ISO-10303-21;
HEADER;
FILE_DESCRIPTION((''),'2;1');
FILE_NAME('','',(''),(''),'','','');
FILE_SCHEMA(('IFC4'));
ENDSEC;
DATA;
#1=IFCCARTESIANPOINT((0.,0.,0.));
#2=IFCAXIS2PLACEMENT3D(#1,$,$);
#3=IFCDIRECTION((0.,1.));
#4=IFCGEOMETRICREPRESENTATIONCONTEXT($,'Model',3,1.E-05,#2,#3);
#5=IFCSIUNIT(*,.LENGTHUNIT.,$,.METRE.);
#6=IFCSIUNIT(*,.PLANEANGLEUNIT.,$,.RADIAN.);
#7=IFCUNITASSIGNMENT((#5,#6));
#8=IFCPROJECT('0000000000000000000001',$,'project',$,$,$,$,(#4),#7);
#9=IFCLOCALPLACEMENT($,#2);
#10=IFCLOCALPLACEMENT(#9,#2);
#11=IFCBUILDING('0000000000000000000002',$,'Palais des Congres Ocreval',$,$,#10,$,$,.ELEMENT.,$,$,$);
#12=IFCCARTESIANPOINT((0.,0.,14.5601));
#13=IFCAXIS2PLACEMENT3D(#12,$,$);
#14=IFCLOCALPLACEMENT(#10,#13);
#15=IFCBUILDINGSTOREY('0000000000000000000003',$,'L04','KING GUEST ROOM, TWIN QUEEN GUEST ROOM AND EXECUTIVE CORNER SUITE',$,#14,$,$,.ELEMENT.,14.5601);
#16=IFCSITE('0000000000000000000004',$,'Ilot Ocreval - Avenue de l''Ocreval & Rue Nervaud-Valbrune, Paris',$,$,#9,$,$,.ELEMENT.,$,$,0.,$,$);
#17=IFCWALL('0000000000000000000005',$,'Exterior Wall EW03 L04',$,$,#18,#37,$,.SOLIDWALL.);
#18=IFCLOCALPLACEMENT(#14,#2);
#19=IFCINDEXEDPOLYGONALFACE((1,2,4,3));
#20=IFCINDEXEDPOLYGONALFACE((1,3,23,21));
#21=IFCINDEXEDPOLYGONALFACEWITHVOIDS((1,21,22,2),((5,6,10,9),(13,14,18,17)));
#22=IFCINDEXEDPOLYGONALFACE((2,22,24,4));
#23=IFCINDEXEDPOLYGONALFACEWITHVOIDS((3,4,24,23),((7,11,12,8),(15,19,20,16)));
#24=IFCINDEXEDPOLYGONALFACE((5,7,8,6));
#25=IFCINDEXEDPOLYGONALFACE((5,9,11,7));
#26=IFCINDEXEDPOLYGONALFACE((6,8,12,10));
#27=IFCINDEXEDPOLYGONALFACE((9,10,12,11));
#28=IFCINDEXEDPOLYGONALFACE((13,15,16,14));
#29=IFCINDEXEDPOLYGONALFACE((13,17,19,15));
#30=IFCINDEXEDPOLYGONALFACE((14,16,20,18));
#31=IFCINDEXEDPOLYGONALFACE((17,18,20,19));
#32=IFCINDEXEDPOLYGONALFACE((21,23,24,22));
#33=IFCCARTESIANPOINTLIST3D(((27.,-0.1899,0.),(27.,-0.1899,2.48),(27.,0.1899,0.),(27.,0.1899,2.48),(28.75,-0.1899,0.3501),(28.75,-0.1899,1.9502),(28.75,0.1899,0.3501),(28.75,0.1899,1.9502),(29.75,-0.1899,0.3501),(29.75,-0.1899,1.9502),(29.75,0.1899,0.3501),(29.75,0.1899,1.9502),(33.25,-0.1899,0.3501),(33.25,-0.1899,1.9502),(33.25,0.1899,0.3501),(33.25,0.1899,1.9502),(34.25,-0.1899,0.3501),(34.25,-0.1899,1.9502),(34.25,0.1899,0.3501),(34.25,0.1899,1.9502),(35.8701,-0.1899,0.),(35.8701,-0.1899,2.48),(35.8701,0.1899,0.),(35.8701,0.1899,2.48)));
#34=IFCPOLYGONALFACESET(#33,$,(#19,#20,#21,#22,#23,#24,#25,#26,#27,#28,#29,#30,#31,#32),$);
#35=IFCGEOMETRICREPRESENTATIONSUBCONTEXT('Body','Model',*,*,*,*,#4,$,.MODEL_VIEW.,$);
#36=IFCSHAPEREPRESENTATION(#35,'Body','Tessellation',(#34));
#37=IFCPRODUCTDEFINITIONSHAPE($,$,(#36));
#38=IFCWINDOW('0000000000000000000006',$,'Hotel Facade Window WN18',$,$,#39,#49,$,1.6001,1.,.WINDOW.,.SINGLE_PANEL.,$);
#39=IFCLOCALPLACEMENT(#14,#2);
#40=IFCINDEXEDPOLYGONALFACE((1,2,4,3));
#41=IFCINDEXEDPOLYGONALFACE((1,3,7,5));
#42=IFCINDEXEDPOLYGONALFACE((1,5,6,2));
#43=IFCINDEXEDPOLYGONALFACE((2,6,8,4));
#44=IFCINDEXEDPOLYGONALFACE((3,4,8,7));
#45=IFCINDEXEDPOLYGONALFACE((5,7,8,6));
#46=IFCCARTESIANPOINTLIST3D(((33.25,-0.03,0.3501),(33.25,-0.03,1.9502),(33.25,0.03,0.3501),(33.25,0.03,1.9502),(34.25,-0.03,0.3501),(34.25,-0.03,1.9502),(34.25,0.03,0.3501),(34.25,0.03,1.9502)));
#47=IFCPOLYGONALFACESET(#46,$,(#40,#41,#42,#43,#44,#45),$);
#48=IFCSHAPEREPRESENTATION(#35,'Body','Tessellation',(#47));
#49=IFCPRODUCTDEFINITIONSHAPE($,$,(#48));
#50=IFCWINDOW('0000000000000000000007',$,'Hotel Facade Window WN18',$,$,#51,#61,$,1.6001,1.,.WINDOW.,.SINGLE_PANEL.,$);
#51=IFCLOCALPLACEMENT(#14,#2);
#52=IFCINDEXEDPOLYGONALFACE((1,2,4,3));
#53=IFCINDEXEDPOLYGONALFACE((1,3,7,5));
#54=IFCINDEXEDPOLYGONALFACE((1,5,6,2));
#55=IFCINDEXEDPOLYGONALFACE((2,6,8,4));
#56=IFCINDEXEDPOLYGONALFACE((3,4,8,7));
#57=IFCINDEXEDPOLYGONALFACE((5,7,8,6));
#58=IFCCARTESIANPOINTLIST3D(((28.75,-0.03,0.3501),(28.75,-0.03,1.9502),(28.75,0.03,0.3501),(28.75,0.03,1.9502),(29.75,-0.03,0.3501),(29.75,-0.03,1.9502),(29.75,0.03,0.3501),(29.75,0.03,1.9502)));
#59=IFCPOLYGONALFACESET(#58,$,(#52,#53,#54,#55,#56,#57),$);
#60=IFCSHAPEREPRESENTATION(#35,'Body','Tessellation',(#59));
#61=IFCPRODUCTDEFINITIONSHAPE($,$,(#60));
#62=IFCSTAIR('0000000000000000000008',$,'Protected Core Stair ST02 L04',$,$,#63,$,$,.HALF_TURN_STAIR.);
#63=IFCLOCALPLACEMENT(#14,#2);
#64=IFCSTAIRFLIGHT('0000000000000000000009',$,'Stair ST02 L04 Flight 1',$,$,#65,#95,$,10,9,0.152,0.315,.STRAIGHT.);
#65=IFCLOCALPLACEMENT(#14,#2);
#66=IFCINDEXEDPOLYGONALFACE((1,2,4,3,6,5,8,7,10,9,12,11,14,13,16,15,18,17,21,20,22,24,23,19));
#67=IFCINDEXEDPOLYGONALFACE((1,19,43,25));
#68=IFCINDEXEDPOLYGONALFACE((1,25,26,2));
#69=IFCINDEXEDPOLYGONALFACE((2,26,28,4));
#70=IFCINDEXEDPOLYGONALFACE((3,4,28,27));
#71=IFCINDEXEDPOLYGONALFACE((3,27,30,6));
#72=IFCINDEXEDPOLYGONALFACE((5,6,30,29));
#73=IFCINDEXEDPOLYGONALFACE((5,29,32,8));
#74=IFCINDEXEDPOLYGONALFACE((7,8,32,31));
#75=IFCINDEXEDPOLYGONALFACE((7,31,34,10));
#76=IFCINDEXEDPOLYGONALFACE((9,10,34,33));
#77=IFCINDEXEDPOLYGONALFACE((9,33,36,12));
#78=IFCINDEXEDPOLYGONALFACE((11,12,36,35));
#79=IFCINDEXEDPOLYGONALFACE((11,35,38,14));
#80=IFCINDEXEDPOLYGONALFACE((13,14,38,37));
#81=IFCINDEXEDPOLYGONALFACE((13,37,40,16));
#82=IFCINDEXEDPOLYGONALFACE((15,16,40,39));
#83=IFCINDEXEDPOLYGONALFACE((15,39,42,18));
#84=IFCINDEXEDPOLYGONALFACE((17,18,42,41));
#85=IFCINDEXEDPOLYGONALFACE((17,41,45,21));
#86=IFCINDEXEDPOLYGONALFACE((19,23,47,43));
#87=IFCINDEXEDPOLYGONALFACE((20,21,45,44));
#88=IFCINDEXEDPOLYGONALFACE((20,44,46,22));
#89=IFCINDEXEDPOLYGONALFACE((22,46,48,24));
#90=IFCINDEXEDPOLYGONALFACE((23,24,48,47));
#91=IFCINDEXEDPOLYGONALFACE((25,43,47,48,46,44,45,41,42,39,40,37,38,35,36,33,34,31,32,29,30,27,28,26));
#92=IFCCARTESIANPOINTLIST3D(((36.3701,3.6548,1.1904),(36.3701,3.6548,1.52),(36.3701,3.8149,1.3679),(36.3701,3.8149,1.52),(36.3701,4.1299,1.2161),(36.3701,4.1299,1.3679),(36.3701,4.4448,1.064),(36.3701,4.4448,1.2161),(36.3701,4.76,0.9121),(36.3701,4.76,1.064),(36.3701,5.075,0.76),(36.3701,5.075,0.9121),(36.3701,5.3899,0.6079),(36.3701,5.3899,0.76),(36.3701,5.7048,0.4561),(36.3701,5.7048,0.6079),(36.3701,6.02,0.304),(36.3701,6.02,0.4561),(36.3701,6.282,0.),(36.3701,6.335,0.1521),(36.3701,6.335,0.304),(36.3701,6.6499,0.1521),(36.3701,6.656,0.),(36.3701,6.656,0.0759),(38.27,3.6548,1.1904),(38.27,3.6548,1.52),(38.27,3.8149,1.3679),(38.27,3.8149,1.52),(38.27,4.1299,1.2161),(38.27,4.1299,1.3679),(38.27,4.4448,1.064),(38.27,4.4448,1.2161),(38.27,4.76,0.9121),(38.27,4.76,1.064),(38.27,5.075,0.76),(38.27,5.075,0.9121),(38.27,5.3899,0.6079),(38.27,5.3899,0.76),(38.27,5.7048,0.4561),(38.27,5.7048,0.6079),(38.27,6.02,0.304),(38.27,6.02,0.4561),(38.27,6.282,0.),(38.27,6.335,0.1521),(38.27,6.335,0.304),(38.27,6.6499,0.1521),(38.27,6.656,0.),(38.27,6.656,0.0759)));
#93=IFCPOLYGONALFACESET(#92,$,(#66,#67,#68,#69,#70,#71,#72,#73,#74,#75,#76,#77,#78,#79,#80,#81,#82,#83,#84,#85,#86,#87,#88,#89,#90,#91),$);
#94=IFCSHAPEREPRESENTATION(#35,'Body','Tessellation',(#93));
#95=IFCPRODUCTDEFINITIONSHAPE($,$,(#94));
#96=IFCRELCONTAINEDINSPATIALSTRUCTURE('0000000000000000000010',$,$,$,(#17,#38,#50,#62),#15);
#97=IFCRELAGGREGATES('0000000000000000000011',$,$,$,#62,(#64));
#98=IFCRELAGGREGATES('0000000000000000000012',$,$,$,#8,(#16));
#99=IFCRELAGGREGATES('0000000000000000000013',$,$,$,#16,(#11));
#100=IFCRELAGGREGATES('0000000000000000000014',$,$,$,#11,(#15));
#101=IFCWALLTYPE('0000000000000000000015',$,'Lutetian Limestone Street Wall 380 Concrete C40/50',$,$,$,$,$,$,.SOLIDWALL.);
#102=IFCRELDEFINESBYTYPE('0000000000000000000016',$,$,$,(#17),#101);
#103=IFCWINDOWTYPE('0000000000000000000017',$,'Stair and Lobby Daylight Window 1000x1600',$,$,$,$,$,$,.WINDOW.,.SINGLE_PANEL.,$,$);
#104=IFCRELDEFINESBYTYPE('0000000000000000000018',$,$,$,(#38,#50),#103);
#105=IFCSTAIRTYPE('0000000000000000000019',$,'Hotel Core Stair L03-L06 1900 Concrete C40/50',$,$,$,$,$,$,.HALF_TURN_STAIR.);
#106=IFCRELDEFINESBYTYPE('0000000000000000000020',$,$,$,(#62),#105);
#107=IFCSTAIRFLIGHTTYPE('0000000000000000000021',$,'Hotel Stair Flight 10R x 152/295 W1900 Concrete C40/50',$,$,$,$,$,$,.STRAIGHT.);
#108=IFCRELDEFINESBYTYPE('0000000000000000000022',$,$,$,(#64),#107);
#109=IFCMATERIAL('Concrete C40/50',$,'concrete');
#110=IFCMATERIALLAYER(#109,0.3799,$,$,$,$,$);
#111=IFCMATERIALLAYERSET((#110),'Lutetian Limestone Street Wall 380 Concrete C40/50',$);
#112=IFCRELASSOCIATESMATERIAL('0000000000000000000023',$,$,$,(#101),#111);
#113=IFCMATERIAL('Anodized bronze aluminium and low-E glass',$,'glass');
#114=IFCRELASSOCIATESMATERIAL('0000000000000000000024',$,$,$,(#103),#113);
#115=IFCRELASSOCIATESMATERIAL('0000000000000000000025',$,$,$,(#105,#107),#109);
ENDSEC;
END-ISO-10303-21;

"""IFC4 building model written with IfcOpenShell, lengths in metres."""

from ifc_helpers import new_model, si_unit, direction, frame, frame_2d, origin, place, context, subcontext, project, spatial, polyline, rectangle, outline, extrude, material, layer, layer_set, type_object, element, fill, aggregate, save


model = new_model("IFC4")

# Units and contexts
model_context = context("Model", 3, precision=1e-05, world=origin(), true_north=direction((0.0, 1.0)))
body_context = subcontext(model_context, "Body", "Model", "MODEL_VIEW")
ifc_project = project(units=[si_unit("LENGTHUNIT", "METRE"), si_unit("PLANEANGLEUNIT", "RADIAN")], contexts=[model_context])

# Site, building, storey
site_placement = place(None, origin())
site = spatial("IfcSite", under=ifc_project, at=site_placement, Name="Ilot Ocreval - Avenue de l'Ocreval & Rue Nervaud-Valbrune, Paris", CompositionType="ELEMENT", RefElevation=0.0)
building_placement = place(site_placement, origin())
building = spatial("IfcBuilding", under=site, at=building_placement, Name="Palais des Congres Ocreval", CompositionType="ELEMENT")
storey_placement = place(building_placement, frame((0.0, 0.0, 14.5601)))
storey = spatial("IfcBuildingStorey", under=building, at=storey_placement, Name="L04", Description="KING GUEST ROOM, TWIN QUEEN GUEST ROOM AND EXECUTIVE CORNER SUITE", CompositionType="ELEMENT", Elevation=14.5601)

# Shared definitions
ifc_material_1 = material(Name="Concrete C40/50", Category="concrete")

# Wall, openings, windows
ifc_layer_1 = layer(ifc_material_1, 0.3799)
ifc_layer_set_1 = layer_set([ifc_layer_1], Name="Lutetian Limestone Street Wall 380 Concrete C40/50")
wall_type_1 = type_object("IfcWallType", Name="Lutetian Limestone Street Wall 380 Concrete C40/50", PredefinedType="SOLIDWALL", material=ifc_layer_set_1)
wall_1_placement = place(storey_placement, frame((35.8701, 0.0, 0.0), z_axis=(0.0, 0.0, 1.0), x_axis=(-1.0, 0.0, 0.0)))
wall_1 = element("IfcWall", 1, at=wall_1_placement, inside=storey, type_object=wall_type_1, Name="Exterior Wall EW03 L04", PredefinedType="SOLIDWALL", context=body_context, shape_type="SweptSolid", body=[
    extrude(rectangle(XDim=8.8701, YDim=0.3799, at=frame_2d((4.4351, 0.0))), origin(), (0.0, 0.0, 1.0), 2.48),
])
opening_1_placement = place(wall_1_placement, frame((1.6201, 0.0, 0.3501)))
opening_1 = element("IfcOpeningElement", 2, at=opening_1_placement, cuts=wall_1, PredefinedType="OPENING", context=body_context, shape_type="SweptSolid", body=[
    extrude(rectangle(XDim=1.0, YDim=1.6001, at=frame_2d((0.5, 0.8))), frame((0.0, 0.2, 0.0), z_axis=(0.0, -1.0, 0.0), x_axis=(1.0, 0.0, 0.0)), (0.0, 0.0, 1.0), 0.3999),
])
opening_2_placement = place(wall_1_placement, frame((6.1201, 0.0, 0.3501)))
opening_2 = element("IfcOpeningElement", 3, at=opening_2_placement, cuts=wall_1, PredefinedType="OPENING", context=body_context, shape_type="SweptSolid", body=[
    extrude(rectangle(XDim=1.0, YDim=1.6001, at=frame_2d((0.5, 0.8))), frame((0.0, 0.2, 0.0), z_axis=(0.0, -1.0, 0.0), x_axis=(1.0, 0.0, 0.0)), (0.0, 0.0, 1.0), 0.3999),
])
ifc_material_2 = material(Name="Anodized bronze aluminium and low-E glass", Category="glass")
window_type = type_object("IfcWindowType", Name="Stair and Lobby Daylight Window 1000x1600", PartitioningType="SINGLE_PANEL", PredefinedType="WINDOW", material=ifc_material_2)
window_1_placement = place(opening_1_placement, origin())
window_1 = element("IfcWindow", 4, at=window_1_placement, inside=storey, type_object=window_type, Name="Hotel Facade Window WN18", OverallHeight=1.6001, OverallWidth=1.0, PartitioningType="SINGLE_PANEL", PredefinedType="WINDOW", context=body_context, shape_type="SweptSolid", body=[
    extrude(rectangle(XDim=1.0, YDim=1.6001, at=frame_2d((0.5, 0.8))), frame((0.0, 0.03, 0.0), z_axis=(0.0, -1.0, 0.0), x_axis=(1.0, 0.0, 0.0)), (0.0, 0.0, 1.0), 0.0601),
])
fill(opening_1, window_1)
window_2_placement = place(opening_2_placement, origin())
window_2 = element("IfcWindow", 5, at=window_2_placement, inside=storey, type_object=window_type, Name="Hotel Facade Window WN18", OverallHeight=1.6001, OverallWidth=1.0, PartitioningType="SINGLE_PANEL", PredefinedType="WINDOW", context=body_context, shape_type="SweptSolid", body=[
    extrude(rectangle(XDim=1.0, YDim=1.6001, at=frame_2d((0.5, 0.8))), frame((0.0, 0.03, 0.0), z_axis=(0.0, -1.0, 0.0), x_axis=(1.0, 0.0, 0.0)), (0.0, 0.0, 1.0), 0.0601),
])
fill(opening_2, window_2)

# Stair, stair flight
stair_type = type_object("IfcStairType", Name="Hotel Core Stair L03-L06 1900 Concrete C40/50", PredefinedType="HALF_TURN_STAIR", material=ifc_material_1)
stair_placement = place(storey_placement, origin())
stair = element("IfcStair", 6, at=stair_placement, inside=storey, type_object=stair_type, Name="Protected Core Stair ST02 L04", PredefinedType="HALF_TURN_STAIR")
stair_flight_type = type_object("IfcStairFlightType", Name="Hotel Stair Flight 10R x 152/295 W1900 Concrete C40/50", PredefinedType="STRAIGHT", material=ifc_material_1)
stair_flight_placement = place(storey_placement, frame((37.3201, 6.6499, 0.0), z_axis=(0.0, 0.0, 1.0), x_axis=(0.0, -1.0, 0.0)))
stair_flight = element("IfcStairFlight", 7, at=stair_flight_placement, type_object=stair_flight_type, Name="Stair ST02 L04 Flight 1", NumberOfRisers=10, NumberOfTreads=9, PredefinedType="STRAIGHT", RiserHeight=0.152, TreadLength=0.315, context=body_context, shape_type="SweptSolid", body=[
    extrude(outline(polyline([(-0.0061, 0.0), (-0.0061, 0.0759), (0.0, 0.1521), (0.3149, 0.1521), (0.3149, 0.304), (0.6299, 0.304), (0.6299, 0.4561), (0.9451, 0.4561), (0.9451, 0.6079), (1.26, 0.6079), (1.26, 0.76), (1.575, 0.76), (1.575, 0.9121), (1.8899, 0.9121), (1.8899, 1.064), (2.2051, 1.064), (2.2051, 1.2161), (2.52, 1.2161), (2.52, 1.3679), (2.835, 1.3679), (2.835, 1.52), (2.9951, 1.52), (2.9951, 1.1904), (0.3679, 0.0), (-0.0061, 0.0)])), frame((0.0, 0.95, 0.0), z_axis=(0.0, -1.0, 0.0), x_axis=(1.0, 0.0, 0.0)), (0.0, 0.0, 1.0), 1.8999),
])
aggregate(stair, [stair_flight])

save(model, "model.ifc")
